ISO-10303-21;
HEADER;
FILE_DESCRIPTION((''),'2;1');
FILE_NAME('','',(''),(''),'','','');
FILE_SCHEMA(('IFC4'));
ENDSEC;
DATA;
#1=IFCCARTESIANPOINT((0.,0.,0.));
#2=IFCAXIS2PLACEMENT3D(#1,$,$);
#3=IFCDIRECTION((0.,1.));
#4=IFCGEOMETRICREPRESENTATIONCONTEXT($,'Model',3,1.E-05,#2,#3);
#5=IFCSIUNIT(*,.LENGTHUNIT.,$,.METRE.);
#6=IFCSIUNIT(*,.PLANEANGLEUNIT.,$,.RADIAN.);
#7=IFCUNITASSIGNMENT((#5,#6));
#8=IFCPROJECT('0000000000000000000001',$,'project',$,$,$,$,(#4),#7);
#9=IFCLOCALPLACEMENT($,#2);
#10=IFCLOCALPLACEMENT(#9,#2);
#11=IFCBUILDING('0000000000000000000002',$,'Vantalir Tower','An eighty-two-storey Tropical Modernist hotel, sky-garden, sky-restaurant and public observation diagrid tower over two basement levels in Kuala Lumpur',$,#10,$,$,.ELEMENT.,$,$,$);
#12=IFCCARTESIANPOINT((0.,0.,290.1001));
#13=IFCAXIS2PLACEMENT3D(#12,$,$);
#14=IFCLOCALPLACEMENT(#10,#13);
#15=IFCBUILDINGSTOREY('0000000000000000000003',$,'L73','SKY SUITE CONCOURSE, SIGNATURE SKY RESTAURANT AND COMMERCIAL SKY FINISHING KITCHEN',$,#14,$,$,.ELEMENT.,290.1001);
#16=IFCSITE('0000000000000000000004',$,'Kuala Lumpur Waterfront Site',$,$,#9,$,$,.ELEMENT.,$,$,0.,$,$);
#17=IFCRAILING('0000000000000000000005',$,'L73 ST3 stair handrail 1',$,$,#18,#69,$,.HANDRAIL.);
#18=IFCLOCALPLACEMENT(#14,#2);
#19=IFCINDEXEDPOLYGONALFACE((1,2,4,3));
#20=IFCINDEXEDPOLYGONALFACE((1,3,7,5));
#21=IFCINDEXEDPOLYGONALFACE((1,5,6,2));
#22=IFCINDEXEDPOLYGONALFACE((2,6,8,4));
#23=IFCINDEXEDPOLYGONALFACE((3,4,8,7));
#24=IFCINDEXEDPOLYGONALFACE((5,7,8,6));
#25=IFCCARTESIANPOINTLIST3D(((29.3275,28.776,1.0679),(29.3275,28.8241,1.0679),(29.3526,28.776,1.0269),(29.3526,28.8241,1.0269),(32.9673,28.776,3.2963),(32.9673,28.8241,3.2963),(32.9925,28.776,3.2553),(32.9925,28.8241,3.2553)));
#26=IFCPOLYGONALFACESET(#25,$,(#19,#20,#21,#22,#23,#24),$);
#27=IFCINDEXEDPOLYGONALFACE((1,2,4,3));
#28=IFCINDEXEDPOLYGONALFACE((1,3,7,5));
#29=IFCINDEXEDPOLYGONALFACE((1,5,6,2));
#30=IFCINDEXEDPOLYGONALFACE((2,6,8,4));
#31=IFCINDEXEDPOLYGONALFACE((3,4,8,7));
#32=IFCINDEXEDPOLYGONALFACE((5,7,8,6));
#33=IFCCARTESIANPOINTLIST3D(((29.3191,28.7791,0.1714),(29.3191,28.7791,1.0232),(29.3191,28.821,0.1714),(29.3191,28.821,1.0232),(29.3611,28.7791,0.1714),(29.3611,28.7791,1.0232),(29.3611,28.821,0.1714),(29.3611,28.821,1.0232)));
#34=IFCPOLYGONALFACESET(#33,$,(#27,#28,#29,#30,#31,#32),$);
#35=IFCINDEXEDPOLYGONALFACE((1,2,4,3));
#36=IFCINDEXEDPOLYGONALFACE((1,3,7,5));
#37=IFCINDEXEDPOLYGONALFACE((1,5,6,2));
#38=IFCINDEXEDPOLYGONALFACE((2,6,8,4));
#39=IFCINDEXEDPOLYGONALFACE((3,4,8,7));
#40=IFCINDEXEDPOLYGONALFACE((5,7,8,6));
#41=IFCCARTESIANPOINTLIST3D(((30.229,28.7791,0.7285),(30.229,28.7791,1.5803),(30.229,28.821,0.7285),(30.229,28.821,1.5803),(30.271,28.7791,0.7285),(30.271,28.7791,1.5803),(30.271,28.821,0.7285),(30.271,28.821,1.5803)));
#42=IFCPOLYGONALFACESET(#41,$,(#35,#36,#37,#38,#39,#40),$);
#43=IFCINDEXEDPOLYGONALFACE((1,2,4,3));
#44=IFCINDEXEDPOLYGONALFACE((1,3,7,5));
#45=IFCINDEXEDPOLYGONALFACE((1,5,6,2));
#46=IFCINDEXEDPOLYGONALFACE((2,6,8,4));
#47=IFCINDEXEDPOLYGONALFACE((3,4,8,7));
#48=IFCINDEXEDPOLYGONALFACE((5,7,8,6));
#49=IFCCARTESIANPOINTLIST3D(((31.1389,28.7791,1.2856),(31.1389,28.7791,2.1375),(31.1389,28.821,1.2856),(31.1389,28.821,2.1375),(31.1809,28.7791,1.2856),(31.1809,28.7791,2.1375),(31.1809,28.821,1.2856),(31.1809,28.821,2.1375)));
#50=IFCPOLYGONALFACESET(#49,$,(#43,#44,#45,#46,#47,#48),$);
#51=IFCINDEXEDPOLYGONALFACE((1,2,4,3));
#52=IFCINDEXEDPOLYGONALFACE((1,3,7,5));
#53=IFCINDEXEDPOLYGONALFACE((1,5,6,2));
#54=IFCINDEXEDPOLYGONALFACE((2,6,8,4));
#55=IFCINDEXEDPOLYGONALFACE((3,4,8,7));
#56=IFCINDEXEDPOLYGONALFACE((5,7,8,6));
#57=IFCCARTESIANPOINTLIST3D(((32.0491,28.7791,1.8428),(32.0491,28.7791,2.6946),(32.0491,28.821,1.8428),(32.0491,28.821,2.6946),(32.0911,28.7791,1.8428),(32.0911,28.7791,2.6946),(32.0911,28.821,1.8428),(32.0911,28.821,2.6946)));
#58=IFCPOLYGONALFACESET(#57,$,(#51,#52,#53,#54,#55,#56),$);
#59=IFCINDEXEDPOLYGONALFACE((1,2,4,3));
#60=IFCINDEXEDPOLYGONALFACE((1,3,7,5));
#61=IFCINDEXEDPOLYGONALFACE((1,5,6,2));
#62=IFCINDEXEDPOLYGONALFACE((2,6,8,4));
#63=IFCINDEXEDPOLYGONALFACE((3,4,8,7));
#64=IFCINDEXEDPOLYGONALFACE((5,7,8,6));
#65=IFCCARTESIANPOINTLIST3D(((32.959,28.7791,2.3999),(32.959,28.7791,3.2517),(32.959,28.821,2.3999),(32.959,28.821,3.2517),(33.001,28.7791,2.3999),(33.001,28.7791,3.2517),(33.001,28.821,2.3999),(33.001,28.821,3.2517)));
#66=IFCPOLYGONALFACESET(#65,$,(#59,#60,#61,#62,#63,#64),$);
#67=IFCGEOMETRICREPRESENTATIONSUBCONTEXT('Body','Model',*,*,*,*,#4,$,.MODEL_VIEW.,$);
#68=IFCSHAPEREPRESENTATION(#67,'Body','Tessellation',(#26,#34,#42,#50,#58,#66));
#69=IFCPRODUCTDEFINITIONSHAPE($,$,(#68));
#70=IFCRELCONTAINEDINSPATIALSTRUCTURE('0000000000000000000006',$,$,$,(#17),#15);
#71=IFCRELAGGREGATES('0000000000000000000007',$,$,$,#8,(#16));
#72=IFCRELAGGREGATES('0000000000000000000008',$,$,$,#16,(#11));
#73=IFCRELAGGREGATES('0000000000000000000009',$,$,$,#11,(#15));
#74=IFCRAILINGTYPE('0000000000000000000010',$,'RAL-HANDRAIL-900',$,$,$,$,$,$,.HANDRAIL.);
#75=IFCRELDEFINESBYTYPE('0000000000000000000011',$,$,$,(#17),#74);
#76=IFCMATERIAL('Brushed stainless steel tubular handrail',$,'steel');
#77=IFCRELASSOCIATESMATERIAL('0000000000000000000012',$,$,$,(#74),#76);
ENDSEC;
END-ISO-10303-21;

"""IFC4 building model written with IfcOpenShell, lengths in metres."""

from ifc_helpers import new_model, si_unit, direction, frame, origin, origin_2d, place, context, subcontext, project, spatial, rectangle, extrude, material, type_object, element, save


model = new_model("IFC4")

# Units and contexts
model_context = context("Model", 3, precision=1e-05, world=origin(), true_north=direction((0.0, 1.0)))
body_context = subcontext(model_context, "Body", "Model", "MODEL_VIEW")
ifc_project = project(units=[si_unit("LENGTHUNIT", "METRE"), si_unit("PLANEANGLEUNIT", "RADIAN")], contexts=[model_context])

# Site, building, storey
site_placement = place(None, origin())
site = spatial("IfcSite", under=ifc_project, at=site_placement, Name="Kuala Lumpur Waterfront Site", CompositionType="ELEMENT", RefElevation=0.0)
building_placement = place(site_placement, origin())
building = spatial("IfcBuilding", under=site, at=building_placement, Name="Vantalir Tower", Description="An eighty-two-storey Tropical Modernist hotel, sky-garden, sky-restaurant and public observation diagrid tower over two basement levels in Kuala Lumpur", CompositionType="ELEMENT")
storey_placement = place(building_placement, frame((0.0, 0.0, 290.1001)))
storey = spatial("IfcBuildingStorey", under=building, at=storey_placement, Name="L73", Description="SKY SUITE CONCOURSE, SIGNATURE SKY RESTAURANT AND COMMERCIAL SKY FINISHING KITCHEN", CompositionType="ELEMENT", Elevation=290.1001)

# Railing
ifc_material_1 = material(Name="Brushed stainless steel tubular handrail", Category="steel")
railing_type_1 = type_object("IfcRailingType", Name="RAL-HANDRAIL-900", PredefinedType="HANDRAIL", material=ifc_material_1)
railing_1_placement = place(storey_placement, frame((29.3401, 28.8, 0.1714)))
element("IfcRailing", 1, at=railing_1_placement, inside=storey, type_object=railing_type_1, Name="L73 ST3 stair handrail 1", PredefinedType="HANDRAIL", context=body_context, shape_type="SweptSolid", body=[
    extrude(rectangle(XDim=0.0481, YDim=0.0481, at=origin_2d()), frame((0.0, 0.0, 0.876), z_axis=(0.85285, 0.0, 0.522156), x_axis=(0.0, 1.0, 0.0)), (0.0, 0.0, 1.0), 4.2678),
    extrude(rectangle(XDim=0.042, YDim=0.042, at=origin_2d()), origin(), (0.0, 0.0, 1.0), 0.8518),
    extrude(rectangle(XDim=0.042, YDim=0.042, at=origin_2d()), frame((0.9099, 0.0, 0.5571)), (0.0, 0.0, 1.0), 0.8518),
    extrude(rectangle(XDim=0.042, YDim=0.042, at=origin_2d()), frame((1.8198, 0.0, 1.1143)), (0.0, 0.0, 1.0), 0.8518),
    extrude(rectangle(XDim=0.042, YDim=0.042, at=origin_2d()), frame((2.73, 0.0, 1.6714)), (0.0, 0.0, 1.0), 0.8518),
    extrude(rectangle(XDim=0.042, YDim=0.042, at=origin_2d()), frame((3.6399, 0.0, 2.2285)), (0.0, 0.0, 1.0), 0.8518),
])

save(model, "model.ifc")
